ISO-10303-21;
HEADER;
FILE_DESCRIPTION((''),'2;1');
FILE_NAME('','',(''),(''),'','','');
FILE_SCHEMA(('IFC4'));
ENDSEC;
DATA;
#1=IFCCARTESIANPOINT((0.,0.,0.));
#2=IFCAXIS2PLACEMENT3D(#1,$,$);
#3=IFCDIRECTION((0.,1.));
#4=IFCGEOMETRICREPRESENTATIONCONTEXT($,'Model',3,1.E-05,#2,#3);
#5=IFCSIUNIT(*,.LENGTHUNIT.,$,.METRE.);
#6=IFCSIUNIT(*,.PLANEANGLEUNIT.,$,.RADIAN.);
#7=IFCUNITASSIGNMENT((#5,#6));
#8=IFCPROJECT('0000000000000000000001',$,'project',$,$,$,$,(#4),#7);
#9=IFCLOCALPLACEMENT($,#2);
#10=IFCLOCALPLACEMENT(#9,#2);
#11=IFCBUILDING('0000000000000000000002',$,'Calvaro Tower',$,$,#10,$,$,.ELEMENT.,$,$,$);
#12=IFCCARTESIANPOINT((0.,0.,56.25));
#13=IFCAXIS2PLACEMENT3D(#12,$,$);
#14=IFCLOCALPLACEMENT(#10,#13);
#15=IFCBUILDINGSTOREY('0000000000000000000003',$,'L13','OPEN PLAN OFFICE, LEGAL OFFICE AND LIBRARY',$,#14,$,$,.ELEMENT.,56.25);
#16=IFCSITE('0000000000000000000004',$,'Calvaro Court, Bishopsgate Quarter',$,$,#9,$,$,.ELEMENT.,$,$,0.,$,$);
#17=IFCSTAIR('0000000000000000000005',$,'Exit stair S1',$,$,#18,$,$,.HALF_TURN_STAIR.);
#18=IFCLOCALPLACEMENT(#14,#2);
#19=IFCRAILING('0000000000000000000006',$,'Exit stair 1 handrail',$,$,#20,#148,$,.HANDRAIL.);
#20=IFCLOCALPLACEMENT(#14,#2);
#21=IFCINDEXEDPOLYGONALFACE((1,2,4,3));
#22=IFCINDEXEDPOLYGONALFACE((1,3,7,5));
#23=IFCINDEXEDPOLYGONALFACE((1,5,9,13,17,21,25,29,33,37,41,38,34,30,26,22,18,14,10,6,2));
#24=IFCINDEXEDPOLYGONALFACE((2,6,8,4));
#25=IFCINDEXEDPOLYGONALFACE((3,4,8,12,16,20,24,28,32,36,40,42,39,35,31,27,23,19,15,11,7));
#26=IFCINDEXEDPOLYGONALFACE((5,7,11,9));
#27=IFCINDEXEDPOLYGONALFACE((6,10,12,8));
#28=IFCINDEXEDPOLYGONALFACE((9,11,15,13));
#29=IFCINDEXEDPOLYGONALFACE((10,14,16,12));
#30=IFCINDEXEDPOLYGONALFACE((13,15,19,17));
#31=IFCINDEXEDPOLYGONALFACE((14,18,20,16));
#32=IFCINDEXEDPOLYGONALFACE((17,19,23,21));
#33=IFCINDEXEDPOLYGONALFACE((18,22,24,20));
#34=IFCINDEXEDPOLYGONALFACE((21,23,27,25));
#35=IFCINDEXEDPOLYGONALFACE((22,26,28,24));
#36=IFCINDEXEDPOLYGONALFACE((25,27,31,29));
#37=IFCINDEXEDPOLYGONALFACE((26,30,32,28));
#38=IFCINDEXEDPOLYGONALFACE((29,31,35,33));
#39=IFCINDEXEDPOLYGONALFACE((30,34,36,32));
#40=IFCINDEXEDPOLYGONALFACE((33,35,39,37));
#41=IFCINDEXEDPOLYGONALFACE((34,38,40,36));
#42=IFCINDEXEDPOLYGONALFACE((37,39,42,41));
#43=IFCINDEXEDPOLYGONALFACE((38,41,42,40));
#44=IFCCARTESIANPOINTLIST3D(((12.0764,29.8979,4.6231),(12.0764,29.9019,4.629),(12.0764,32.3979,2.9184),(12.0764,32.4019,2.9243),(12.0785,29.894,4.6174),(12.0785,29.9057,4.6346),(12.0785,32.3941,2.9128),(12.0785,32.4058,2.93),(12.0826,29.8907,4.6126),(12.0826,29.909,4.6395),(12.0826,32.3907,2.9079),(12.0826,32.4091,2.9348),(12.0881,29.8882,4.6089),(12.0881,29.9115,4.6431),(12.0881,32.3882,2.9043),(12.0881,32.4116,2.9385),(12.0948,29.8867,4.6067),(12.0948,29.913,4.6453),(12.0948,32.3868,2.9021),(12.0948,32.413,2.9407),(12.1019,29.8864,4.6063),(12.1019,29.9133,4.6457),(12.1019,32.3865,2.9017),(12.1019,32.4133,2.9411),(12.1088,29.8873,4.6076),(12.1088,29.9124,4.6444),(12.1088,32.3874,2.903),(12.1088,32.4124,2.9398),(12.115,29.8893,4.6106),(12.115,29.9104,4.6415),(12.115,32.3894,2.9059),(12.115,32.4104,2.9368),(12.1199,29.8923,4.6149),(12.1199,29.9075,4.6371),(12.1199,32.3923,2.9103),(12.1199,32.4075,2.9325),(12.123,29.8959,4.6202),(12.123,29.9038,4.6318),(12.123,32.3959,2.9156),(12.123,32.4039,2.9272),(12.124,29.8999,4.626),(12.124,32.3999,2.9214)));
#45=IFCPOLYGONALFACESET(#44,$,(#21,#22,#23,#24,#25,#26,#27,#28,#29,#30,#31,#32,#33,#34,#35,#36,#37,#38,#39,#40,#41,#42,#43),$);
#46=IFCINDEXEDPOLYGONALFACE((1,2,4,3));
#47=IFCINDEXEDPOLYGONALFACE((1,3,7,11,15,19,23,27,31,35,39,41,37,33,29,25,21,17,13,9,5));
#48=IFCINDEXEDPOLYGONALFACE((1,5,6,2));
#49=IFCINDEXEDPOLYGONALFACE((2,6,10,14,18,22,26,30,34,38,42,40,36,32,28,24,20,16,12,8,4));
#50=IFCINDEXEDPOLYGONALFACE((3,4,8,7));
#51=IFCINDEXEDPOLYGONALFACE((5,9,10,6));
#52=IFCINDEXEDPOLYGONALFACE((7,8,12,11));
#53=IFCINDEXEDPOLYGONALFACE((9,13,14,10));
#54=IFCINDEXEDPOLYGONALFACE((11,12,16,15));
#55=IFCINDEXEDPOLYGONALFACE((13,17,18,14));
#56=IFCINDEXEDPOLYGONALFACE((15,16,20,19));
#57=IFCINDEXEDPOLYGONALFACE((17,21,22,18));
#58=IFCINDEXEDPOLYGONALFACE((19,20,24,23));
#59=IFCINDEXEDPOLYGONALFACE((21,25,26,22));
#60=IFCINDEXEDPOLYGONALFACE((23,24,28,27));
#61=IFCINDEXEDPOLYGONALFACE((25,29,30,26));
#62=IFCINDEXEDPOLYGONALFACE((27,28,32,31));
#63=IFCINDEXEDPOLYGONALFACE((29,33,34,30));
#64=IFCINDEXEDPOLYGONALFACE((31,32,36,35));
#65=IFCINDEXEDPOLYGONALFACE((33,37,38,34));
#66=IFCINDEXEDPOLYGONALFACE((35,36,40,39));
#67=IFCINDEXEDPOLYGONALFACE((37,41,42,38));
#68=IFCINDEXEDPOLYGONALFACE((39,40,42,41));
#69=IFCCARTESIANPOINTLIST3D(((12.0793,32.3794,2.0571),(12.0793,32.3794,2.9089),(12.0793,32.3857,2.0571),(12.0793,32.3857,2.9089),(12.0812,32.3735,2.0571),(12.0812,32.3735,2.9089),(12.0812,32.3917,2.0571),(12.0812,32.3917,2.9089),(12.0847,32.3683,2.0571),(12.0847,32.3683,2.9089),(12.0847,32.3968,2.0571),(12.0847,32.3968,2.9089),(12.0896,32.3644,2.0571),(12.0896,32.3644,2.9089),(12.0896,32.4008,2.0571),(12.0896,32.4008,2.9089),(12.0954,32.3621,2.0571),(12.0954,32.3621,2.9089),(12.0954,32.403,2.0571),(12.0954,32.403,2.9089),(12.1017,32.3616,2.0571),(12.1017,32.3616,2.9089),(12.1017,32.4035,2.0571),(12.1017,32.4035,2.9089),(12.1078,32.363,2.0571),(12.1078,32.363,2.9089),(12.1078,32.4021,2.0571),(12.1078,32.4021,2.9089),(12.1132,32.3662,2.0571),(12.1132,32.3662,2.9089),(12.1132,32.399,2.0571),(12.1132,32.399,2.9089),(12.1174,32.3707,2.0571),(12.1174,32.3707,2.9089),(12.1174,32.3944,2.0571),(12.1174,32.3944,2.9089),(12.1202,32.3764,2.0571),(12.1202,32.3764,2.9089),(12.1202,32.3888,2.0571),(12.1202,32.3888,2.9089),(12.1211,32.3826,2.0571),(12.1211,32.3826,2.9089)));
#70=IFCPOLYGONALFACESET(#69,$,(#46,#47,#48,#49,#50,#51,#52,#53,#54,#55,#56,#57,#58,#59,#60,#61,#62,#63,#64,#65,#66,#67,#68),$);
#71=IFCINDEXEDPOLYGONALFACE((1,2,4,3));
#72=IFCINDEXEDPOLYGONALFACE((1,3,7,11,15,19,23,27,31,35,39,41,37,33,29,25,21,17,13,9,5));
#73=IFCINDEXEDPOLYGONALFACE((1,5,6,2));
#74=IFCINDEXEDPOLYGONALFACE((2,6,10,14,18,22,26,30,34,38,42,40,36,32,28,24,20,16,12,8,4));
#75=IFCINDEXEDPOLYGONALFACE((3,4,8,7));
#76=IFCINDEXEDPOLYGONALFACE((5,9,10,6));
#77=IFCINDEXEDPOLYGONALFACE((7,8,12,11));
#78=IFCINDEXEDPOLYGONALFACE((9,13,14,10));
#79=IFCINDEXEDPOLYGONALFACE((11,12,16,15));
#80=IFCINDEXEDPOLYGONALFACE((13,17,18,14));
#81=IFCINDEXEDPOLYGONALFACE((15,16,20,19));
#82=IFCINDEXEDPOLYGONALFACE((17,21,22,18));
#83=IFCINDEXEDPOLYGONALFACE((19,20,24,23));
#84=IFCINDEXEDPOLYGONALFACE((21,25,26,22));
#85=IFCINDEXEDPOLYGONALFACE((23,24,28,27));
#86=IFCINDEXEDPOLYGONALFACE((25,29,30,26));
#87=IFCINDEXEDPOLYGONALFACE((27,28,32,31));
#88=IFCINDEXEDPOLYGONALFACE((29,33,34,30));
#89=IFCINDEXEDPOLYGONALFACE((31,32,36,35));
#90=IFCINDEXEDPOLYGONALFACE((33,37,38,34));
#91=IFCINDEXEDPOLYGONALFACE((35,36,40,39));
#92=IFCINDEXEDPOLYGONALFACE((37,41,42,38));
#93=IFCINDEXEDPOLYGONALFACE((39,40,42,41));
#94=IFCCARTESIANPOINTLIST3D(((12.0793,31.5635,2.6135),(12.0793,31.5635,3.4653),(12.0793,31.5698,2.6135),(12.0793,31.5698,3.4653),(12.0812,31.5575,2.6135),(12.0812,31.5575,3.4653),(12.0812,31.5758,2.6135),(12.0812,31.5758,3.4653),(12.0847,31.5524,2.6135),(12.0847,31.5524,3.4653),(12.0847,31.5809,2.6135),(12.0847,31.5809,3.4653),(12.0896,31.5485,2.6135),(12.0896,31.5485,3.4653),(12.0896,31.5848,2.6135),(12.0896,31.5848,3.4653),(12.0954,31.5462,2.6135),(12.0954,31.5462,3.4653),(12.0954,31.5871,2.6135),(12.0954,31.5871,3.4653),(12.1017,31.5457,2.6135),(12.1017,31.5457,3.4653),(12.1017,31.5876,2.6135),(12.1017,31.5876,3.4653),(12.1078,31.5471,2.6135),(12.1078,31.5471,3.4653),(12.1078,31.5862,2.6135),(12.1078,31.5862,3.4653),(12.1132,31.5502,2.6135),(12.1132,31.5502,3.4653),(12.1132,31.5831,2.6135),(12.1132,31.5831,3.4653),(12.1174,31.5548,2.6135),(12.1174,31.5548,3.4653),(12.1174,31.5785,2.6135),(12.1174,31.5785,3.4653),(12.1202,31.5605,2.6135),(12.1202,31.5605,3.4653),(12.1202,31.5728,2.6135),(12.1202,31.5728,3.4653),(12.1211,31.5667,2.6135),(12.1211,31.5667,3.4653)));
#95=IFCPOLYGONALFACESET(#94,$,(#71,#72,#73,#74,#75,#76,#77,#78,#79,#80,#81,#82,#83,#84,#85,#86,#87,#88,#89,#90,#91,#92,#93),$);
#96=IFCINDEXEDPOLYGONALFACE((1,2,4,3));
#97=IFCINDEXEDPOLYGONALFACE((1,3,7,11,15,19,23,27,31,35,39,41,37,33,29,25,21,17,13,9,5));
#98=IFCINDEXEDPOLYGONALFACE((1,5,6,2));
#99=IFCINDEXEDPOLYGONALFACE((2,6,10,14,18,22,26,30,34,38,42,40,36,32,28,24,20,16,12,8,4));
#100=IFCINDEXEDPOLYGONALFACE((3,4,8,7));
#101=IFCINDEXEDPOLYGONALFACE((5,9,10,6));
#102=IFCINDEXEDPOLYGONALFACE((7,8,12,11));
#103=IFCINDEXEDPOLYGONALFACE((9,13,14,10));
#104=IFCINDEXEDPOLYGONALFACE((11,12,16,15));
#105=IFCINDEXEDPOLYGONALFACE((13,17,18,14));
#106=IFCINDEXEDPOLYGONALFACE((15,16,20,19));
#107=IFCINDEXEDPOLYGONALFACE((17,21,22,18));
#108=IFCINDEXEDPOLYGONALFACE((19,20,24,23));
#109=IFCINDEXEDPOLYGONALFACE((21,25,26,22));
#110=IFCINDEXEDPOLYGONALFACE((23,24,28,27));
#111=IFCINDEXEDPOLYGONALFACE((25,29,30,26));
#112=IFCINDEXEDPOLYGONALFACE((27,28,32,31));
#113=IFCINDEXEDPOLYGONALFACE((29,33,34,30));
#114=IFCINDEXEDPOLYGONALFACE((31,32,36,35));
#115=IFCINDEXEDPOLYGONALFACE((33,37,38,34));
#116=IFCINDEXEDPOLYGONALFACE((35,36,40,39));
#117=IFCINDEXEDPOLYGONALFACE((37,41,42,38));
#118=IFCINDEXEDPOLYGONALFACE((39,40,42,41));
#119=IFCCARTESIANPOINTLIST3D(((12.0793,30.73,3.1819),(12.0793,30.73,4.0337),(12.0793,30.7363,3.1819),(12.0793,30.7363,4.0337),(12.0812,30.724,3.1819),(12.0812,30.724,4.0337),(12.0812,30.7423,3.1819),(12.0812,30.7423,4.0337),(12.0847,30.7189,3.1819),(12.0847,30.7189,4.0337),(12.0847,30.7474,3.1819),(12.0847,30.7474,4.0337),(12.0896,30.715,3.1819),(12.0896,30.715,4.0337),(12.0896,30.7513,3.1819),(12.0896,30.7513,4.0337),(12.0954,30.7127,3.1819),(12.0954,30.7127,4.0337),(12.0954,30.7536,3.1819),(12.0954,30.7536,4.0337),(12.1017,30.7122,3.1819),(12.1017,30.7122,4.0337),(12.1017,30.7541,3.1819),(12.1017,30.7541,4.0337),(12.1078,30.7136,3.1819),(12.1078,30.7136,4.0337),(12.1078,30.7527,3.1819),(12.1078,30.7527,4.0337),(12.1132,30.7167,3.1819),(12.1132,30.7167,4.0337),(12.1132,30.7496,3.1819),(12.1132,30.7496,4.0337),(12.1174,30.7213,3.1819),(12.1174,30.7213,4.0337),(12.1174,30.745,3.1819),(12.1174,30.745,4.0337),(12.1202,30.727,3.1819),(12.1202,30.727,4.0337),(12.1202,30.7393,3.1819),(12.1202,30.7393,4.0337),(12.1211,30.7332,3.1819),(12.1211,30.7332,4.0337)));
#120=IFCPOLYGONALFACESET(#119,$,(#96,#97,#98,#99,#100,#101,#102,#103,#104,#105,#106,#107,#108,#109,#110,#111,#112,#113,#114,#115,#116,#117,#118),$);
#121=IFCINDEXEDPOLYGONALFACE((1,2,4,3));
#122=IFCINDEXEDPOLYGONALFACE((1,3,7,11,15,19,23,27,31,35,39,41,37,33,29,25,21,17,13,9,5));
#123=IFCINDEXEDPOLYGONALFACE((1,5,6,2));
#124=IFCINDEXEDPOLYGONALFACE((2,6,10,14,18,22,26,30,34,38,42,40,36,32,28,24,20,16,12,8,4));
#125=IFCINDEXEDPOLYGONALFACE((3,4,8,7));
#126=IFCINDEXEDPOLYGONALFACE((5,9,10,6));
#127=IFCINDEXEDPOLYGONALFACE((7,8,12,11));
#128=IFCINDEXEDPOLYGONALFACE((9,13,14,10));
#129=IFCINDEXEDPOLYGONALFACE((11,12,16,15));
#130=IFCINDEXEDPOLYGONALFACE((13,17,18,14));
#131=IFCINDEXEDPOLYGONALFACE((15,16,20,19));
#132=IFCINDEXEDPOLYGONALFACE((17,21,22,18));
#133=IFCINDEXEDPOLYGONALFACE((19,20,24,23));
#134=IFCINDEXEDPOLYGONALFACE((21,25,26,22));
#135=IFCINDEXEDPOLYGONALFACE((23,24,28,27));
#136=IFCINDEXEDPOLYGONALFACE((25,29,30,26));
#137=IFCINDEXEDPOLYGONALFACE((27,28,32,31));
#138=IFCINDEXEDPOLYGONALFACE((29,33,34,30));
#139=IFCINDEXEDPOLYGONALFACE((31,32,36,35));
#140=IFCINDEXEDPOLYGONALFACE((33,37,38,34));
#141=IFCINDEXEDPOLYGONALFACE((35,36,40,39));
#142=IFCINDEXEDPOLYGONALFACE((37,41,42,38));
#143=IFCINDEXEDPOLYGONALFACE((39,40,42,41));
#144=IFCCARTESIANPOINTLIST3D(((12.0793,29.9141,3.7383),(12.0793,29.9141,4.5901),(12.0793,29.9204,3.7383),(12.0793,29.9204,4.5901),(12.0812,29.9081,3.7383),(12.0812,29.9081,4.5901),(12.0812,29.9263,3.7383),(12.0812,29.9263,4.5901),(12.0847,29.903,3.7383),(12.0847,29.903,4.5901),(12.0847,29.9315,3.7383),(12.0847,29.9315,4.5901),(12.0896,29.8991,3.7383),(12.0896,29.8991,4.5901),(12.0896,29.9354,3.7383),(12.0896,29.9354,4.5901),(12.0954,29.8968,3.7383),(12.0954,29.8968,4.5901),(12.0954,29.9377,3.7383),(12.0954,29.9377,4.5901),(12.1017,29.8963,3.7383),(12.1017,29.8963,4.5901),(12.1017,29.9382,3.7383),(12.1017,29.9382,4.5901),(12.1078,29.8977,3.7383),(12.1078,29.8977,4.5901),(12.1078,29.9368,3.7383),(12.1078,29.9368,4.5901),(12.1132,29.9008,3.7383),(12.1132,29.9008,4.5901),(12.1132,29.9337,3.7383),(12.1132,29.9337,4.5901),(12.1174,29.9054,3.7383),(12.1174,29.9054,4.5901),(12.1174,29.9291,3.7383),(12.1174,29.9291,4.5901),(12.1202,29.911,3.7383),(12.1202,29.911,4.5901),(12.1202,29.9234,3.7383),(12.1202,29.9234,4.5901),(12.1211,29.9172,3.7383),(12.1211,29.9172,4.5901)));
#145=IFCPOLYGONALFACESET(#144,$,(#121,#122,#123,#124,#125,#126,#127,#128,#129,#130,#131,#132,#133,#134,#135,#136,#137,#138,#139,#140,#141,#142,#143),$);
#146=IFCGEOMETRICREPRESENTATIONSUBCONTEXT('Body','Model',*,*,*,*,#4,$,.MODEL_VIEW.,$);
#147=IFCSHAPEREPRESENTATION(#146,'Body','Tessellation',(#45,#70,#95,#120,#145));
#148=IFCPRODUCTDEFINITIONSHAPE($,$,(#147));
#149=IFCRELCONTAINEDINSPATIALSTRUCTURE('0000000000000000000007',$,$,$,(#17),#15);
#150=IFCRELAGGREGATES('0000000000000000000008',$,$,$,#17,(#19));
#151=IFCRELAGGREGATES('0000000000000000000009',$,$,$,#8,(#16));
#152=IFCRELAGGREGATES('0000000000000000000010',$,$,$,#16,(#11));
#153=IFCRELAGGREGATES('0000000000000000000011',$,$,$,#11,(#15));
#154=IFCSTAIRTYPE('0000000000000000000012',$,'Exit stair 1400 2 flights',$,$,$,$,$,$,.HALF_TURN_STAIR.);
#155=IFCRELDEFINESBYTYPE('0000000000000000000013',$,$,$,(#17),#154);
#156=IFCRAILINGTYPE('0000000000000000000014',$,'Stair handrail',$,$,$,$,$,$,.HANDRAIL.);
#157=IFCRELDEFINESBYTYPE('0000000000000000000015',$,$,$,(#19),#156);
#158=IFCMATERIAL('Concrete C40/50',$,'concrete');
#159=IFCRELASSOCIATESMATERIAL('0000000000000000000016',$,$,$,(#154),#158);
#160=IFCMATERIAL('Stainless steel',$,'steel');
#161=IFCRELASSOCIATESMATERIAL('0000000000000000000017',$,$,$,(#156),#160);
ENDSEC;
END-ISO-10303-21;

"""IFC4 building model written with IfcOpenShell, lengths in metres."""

from ifc_helpers import new_model, si_unit, direction, frame, origin, origin_2d, place, context, subcontext, project, spatial, circle, extrude, material, type_object, element, aggregate, save


model = new_model("IFC4")

# Units and contexts
model_context = context("Model", 3, precision=1e-05, world=origin(), true_north=direction((0.0, 1.0)))
body_context = subcontext(model_context, "Body", "Model", "MODEL_VIEW")
ifc_project = project(units=[si_unit("LENGTHUNIT", "METRE"), si_unit("PLANEANGLEUNIT", "RADIAN")], contexts=[model_context])

# Site, building, storey
site_placement = place(None, origin())
site = spatial("IfcSite", under=ifc_project, at=site_placement, Name="Calvaro Court, Bishopsgate Quarter", CompositionType="ELEMENT", RefElevation=0.0)
building_placement = place(site_placement, origin())
building = spatial("IfcBuilding", under=site, at=building_placement, Name="Calvaro Tower", CompositionType="ELEMENT")
storey_placement = place(building_placement, frame((0.0, 0.0, 56.25)))
storey = spatial("IfcBuildingStorey", under=building, at=storey_placement, Name="L13", Description="OPEN PLAN OFFICE, LEGAL OFFICE AND LIBRARY", CompositionType="ELEMENT", Elevation=56.25)

# Stair, railing
ifc_material_1 = material(Name="Concrete C40/50", Category="concrete")
stair_type = type_object("IfcStairType", Name="Exit stair 1400 2 flights", PredefinedType="HALF_TURN_STAIR", material=ifc_material_1)
stair_placement = place(storey_placement, origin())
stair = element("IfcStair", 1, at=stair_placement, inside=storey, type_object=stair_type, Name="Exit stair S1", PredefinedType="HALF_TURN_STAIR")
ifc_material_2 = material(Name="Stainless steel", Category="steel")
railing_type = type_object("IfcRailingType", Name="Stair handrail", PredefinedType="HANDRAIL", material=ifc_material_2)
railing_1_placement = place(storey_placement, frame((12.1001, 32.3999, 2.0454)))
railing_1 = element("IfcRailing", 2, at=railing_1_placement, type_object=railing_type, Name="Exit stair 1 handrail", PredefinedType="HANDRAIL", context=body_context, shape_type="SweptSolid", body=[
    extrude(circle(Radius=0.0239, at=origin_2d()), frame((0.0, 0.0, 0.876), z_axis=(0.0, -0.826221, 0.563347), x_axis=(1.0, 0.0, 0.0)), (0.0, 0.0, 1.0), 3.0259),
    extrude(circle(Radius=0.021, at=origin_2d()), frame((0.0, -0.0173, 0.0117)), (0.0, 0.0, 1.0), 0.8518),
    extrude(circle(Radius=0.021, at=origin_2d()), frame((0.0, -0.8333, 0.5681)), (0.0, 0.0, 1.0), 0.8518),
    extrude(circle(Radius=0.021, at=origin_2d()), frame((0.0, -1.6667, 1.1365)), (0.0, 0.0, 1.0), 0.8518),
    extrude(circle(Radius=0.021, at=origin_2d()), frame((0.0, -2.4827, 1.6929)), (0.0, 0.0, 1.0), 0.8518),
])
aggregate(stair, [railing_1])

save(model, "model.ifc")
